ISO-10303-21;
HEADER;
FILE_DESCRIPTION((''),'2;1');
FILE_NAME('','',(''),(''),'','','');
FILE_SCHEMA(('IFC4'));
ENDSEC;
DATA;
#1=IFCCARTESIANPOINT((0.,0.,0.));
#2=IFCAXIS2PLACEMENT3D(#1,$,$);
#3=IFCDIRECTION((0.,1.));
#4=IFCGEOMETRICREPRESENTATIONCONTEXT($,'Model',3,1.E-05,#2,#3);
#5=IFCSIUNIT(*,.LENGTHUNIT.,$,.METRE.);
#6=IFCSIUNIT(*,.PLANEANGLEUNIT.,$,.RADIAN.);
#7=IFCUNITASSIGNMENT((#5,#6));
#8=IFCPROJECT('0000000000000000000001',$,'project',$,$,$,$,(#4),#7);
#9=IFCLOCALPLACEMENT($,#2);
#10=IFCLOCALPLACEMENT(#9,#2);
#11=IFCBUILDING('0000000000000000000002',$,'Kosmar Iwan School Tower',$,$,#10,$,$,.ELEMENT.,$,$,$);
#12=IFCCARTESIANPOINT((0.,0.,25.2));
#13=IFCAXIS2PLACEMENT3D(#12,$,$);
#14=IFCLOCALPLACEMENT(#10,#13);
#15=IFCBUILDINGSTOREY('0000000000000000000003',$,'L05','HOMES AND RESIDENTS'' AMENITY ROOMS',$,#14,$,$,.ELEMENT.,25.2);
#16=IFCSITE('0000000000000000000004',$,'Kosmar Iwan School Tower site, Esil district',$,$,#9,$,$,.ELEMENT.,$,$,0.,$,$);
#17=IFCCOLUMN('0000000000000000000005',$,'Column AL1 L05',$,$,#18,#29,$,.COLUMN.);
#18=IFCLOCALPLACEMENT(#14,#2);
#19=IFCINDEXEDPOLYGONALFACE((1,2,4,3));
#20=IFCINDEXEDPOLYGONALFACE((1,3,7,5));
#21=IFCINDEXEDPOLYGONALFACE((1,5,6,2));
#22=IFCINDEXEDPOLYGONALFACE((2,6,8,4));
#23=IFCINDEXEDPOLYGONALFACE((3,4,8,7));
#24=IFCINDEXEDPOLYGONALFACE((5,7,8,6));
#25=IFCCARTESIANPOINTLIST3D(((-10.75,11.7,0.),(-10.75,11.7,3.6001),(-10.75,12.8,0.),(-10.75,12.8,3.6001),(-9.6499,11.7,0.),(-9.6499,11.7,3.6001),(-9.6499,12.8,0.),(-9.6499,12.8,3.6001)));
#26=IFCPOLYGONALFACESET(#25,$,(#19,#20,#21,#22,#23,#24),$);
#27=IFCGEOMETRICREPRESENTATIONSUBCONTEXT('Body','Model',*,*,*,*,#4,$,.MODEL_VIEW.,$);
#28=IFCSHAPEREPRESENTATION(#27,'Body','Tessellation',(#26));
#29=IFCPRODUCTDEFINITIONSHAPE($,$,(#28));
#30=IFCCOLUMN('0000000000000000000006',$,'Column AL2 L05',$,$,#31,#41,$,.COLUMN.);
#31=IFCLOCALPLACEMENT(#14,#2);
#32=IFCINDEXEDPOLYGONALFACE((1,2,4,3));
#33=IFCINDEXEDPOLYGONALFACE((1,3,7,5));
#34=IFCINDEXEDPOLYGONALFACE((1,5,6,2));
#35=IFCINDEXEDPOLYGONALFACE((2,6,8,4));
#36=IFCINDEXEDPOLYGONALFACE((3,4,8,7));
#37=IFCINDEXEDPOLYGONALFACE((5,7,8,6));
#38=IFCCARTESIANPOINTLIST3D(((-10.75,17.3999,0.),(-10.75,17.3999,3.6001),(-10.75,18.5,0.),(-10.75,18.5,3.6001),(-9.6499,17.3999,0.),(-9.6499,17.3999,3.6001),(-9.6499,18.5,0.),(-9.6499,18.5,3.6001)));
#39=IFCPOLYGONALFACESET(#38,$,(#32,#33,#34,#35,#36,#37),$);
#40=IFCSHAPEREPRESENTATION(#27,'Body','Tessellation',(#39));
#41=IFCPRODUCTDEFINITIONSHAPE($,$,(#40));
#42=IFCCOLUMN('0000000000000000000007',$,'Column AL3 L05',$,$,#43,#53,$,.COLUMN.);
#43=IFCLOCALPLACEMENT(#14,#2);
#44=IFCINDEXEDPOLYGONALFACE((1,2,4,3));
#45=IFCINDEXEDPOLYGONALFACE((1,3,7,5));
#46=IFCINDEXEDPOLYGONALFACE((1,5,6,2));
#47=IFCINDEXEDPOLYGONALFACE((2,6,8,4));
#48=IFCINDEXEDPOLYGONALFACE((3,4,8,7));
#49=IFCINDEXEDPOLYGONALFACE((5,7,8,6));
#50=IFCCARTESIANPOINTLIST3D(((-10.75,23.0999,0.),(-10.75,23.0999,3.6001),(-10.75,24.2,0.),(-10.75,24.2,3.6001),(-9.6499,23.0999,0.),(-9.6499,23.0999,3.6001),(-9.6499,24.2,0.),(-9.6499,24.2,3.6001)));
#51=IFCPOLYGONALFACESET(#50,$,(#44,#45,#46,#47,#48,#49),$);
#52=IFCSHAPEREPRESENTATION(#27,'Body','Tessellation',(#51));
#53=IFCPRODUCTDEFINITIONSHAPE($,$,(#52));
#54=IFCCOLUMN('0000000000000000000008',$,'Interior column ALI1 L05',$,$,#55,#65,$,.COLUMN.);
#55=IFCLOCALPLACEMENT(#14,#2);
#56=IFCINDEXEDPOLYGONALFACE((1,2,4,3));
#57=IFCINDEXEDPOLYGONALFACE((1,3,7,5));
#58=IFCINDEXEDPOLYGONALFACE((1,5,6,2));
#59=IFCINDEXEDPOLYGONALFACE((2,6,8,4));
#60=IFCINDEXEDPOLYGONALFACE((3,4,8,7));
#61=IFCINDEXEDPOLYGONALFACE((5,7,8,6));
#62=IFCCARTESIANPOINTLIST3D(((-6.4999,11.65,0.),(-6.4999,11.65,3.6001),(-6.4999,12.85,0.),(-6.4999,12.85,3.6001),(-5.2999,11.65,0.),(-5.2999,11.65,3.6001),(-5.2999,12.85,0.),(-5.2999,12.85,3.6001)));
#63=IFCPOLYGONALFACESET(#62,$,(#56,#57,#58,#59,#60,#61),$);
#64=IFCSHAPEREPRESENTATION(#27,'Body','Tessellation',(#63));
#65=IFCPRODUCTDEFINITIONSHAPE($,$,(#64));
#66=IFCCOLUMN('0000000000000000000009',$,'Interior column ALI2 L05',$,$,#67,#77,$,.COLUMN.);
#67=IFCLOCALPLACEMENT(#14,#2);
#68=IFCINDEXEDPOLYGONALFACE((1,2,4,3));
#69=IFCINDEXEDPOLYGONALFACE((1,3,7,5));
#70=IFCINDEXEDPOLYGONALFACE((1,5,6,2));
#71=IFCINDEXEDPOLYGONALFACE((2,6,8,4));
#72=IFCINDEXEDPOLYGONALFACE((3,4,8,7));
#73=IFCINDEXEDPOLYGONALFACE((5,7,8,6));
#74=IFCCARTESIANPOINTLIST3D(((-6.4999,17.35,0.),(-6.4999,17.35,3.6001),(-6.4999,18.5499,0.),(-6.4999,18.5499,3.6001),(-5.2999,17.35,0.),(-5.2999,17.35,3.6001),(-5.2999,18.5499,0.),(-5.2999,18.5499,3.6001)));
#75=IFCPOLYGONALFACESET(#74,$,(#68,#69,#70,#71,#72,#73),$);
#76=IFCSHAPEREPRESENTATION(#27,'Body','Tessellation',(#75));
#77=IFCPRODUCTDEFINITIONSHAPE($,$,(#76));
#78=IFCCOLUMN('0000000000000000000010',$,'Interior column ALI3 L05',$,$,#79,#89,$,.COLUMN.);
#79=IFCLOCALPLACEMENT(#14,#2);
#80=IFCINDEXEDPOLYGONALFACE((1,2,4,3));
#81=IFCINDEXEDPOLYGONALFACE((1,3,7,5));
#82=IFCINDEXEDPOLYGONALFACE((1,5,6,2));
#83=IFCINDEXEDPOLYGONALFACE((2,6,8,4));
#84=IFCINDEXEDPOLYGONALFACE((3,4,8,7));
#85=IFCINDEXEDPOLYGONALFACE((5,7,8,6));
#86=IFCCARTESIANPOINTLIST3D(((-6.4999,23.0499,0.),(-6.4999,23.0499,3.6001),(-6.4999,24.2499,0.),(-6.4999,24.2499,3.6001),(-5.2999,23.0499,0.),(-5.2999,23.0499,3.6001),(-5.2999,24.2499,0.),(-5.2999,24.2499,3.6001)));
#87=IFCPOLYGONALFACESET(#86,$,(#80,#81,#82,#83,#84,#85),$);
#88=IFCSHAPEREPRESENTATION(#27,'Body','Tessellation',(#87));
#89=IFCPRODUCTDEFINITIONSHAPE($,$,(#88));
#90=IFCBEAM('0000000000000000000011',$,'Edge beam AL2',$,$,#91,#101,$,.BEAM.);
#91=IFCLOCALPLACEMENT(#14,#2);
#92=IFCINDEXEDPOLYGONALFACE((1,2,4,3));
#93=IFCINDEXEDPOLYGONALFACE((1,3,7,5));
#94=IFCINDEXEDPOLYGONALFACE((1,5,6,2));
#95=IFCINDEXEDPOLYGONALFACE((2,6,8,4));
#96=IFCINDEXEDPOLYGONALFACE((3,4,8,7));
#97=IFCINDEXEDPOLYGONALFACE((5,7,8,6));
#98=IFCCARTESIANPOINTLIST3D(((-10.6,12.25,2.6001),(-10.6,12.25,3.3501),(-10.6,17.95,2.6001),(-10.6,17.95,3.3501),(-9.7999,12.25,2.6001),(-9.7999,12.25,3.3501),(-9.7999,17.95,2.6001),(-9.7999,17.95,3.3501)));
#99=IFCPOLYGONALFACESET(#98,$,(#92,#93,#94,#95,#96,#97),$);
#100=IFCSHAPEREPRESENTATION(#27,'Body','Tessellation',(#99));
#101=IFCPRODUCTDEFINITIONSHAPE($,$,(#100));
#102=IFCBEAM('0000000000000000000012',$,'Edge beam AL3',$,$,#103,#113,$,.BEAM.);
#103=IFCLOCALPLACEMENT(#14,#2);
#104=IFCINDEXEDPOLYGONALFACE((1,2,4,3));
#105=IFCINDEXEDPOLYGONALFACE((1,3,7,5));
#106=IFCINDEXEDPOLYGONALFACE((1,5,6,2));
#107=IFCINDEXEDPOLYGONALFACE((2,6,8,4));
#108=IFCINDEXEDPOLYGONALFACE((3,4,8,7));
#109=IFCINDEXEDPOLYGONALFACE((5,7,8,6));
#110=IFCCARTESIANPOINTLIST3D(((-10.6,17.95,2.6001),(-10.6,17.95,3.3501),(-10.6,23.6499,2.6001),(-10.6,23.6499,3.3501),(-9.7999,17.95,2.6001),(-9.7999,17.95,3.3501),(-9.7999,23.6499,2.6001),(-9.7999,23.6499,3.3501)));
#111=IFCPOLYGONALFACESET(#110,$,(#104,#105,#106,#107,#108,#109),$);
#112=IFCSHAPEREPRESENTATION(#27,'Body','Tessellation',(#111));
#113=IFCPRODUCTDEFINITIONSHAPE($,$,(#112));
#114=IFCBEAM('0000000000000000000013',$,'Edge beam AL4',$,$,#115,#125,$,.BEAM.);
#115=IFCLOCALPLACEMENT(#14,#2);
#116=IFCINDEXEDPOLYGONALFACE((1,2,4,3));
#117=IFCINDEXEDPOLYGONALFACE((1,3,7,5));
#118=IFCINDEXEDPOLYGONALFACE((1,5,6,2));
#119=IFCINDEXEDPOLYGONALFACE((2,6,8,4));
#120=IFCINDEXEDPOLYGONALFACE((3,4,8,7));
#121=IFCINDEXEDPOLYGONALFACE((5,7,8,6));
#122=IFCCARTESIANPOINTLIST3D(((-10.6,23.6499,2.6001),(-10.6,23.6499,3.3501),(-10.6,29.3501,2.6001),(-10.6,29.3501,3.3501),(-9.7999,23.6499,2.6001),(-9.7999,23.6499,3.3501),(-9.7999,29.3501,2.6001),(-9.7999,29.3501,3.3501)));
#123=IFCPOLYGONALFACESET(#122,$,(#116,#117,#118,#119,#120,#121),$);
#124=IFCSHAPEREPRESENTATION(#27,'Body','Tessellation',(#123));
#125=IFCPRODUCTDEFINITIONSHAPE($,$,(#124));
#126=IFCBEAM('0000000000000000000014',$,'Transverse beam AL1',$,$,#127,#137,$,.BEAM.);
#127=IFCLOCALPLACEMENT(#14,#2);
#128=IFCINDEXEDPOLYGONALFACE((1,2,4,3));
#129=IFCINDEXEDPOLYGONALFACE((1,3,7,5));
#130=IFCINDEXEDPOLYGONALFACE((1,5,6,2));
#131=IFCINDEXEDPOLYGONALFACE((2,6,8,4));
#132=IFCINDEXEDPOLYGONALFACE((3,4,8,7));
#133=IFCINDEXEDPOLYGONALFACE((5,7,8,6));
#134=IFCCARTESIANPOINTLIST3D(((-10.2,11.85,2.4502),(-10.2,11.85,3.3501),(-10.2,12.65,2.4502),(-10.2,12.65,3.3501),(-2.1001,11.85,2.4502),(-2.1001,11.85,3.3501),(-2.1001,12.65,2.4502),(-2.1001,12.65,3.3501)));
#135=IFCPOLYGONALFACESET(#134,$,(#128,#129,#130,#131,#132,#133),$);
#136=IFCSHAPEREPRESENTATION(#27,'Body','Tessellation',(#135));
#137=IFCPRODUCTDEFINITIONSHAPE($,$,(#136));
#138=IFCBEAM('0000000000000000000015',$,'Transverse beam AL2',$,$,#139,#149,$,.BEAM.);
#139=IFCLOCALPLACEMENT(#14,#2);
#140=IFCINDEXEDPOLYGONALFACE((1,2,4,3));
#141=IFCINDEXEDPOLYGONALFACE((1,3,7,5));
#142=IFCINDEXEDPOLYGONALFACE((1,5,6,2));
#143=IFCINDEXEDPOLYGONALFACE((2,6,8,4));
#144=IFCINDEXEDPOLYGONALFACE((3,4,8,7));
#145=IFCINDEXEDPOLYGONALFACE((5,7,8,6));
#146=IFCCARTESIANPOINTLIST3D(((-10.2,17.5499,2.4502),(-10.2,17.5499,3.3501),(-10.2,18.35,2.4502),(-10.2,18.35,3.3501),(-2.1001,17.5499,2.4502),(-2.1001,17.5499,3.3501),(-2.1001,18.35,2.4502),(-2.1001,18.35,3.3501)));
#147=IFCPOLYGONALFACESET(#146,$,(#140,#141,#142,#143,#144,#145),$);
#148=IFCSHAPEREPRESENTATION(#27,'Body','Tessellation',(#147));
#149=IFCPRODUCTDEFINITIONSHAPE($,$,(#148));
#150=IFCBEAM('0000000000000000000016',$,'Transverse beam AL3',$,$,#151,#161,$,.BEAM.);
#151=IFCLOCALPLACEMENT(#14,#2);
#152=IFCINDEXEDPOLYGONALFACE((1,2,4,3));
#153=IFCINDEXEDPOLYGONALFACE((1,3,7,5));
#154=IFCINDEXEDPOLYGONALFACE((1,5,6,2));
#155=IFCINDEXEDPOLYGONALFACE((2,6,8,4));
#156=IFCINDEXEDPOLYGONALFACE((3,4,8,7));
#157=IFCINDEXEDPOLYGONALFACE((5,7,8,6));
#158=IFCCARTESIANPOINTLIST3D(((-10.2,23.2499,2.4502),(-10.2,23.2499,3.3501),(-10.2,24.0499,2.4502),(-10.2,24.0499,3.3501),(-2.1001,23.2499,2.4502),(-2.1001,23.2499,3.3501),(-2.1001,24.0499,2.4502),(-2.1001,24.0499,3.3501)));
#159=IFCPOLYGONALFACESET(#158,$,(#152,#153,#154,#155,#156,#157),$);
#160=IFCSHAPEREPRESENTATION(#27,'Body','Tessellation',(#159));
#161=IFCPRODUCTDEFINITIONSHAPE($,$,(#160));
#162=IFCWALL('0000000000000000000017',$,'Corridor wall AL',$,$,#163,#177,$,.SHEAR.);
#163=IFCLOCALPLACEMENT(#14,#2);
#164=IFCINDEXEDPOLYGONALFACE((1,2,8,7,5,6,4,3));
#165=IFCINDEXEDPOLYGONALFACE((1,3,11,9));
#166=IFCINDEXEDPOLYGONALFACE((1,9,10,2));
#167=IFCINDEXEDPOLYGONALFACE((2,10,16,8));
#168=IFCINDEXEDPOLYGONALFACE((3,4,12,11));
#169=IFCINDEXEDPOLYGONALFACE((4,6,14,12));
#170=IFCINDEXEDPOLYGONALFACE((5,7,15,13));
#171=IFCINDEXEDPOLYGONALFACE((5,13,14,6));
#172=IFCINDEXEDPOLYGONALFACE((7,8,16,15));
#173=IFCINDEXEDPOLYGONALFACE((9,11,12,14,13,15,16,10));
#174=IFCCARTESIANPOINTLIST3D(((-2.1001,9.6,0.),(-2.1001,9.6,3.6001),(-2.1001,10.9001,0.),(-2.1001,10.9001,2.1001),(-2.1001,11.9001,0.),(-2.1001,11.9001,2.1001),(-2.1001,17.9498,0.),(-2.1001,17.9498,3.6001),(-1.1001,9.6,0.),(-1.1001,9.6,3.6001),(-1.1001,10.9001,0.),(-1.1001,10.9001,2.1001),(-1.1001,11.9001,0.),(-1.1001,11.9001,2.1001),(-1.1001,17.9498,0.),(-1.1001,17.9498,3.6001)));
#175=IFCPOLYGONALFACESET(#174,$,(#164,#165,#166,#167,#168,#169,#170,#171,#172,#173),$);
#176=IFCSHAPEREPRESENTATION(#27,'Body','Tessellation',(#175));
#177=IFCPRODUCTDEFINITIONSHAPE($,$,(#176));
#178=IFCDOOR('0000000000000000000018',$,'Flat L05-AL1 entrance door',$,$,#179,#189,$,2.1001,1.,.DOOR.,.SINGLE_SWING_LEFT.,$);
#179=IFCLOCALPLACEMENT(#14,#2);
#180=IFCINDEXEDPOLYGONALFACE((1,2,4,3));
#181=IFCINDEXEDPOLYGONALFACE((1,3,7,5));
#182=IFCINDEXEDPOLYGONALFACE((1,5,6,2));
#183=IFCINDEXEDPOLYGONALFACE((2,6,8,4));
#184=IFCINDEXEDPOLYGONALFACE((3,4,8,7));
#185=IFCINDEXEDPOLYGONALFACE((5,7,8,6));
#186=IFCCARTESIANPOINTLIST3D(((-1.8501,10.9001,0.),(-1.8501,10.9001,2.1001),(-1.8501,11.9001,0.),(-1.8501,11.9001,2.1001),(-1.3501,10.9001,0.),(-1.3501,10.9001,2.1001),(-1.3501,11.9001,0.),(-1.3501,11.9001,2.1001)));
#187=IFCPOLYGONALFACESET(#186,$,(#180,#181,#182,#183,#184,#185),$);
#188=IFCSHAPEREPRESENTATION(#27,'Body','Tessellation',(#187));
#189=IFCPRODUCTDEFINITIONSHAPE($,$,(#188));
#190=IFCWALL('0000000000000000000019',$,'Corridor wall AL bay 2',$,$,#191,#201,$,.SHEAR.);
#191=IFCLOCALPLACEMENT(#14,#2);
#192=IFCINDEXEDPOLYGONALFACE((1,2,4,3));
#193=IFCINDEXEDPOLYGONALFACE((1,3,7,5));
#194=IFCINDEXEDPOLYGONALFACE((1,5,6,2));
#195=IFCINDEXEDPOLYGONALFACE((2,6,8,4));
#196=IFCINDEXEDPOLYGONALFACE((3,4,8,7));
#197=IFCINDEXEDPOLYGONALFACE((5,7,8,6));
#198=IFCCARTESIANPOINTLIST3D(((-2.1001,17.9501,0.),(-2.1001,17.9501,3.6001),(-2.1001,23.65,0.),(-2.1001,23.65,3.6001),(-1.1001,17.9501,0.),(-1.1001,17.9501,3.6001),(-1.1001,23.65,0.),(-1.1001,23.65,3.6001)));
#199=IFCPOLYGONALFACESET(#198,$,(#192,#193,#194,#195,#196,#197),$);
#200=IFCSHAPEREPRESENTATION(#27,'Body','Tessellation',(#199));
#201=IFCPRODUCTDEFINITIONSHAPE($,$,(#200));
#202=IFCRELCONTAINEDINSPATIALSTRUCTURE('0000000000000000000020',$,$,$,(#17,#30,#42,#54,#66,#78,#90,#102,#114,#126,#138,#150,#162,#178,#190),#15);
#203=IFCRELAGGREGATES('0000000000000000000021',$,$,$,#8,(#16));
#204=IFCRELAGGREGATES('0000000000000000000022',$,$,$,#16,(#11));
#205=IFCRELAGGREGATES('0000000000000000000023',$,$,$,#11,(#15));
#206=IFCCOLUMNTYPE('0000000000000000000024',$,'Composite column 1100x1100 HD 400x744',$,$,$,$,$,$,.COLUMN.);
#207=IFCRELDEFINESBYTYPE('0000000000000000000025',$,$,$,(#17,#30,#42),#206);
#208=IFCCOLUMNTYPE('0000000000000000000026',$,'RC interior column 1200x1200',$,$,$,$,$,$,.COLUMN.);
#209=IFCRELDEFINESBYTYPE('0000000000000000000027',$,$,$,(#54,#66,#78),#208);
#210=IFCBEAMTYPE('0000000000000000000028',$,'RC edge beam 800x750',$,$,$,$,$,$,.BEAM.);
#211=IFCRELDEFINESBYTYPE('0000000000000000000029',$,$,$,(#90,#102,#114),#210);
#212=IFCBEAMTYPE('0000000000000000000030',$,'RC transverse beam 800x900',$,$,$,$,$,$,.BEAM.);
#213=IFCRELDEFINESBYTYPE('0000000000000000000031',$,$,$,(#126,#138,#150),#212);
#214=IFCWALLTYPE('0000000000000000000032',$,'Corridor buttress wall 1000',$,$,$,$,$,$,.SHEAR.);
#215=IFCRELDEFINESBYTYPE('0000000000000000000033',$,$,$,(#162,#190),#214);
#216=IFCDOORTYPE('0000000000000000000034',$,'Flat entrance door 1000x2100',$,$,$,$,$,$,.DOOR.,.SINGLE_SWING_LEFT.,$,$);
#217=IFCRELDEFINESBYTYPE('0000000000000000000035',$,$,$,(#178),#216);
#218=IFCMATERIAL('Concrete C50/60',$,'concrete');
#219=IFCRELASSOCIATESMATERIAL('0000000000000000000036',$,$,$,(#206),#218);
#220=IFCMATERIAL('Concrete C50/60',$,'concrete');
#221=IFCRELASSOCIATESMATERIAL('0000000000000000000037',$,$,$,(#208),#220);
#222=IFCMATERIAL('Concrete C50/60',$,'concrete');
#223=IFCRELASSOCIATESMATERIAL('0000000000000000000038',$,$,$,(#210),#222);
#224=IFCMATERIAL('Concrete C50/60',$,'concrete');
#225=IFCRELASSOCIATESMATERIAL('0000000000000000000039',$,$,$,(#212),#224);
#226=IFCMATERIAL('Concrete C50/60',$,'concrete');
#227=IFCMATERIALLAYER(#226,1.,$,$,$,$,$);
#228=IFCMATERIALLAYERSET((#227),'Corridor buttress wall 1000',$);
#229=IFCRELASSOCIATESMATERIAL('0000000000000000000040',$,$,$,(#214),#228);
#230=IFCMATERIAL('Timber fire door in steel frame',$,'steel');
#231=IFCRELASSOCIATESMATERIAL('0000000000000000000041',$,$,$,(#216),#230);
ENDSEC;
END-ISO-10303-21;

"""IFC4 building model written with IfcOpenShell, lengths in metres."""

from ifc_helpers import new_model, si_unit, direction, frame, frame_2d, origin, origin_2d, place, context, subcontext, project, spatial, rectangle, extrude, material, layer, layer_set, material_profile, profile_set, type_object, element, fill, save


model = new_model("IFC4")

# Units and contexts
model_context = context("Model", 3, precision=1e-05, world=origin(), true_north=direction((0.0, 1.0)))
body_context = subcontext(model_context, "Body", "Model", "MODEL_VIEW")
ifc_project = project(units=[si_unit("LENGTHUNIT", "METRE"), si_unit("PLANEANGLEUNIT", "RADIAN")], contexts=[model_context])

# Site, building, storey
site_placement = place(None, origin())
site = spatial("IfcSite", under=ifc_project, at=site_placement, Name="Kosmar Iwan School Tower site, Esil district", CompositionType="ELEMENT", RefElevation=0.0)
building_placement = place(site_placement, origin())
building = spatial("IfcBuilding", under=site, at=building_placement, Name="Kosmar Iwan School Tower", CompositionType="ELEMENT")
storey_placement = place(building_placement, frame((0.0, 0.0, 25.2)))
storey = spatial("IfcBuildingStorey", under=building, at=storey_placement, Name="L05", Description="HOMES AND RESIDENTS' AMENITY ROOMS", CompositionType="ELEMENT", Elevation=25.2)

# Columns
ifc_material_1 = material(Name="Concrete C50/60", Category="concrete")
ifc_material_profile_1 = material_profile(ifc_material_1, rectangle(XDim=1.1001, YDim=1.1001, at=origin_2d()), Name="RC 1100x1100 + HD 400x744")
ifc_profile_set_1 = profile_set([ifc_material_profile_1], Name="Concrete C50/60")
column_type_1 = type_object("IfcColumnType", Name="Composite column 1100x1100 HD 400x744", PredefinedType="COLUMN", material=ifc_profile_set_1)
for number, where, z_axis, x_axis, name in (
    (1, (-10.2, 12.25, 0.0), (0.0, 0.0, 1.0), (0.0, 1.0, 0.0), "Column AL1 L05"),
    (2, (-10.2, 17.95, 0.0), (0.0, 0.0, 1.0), (0.0, 1.0, 0.0), "Column AL2 L05"),
    (3, (-10.2, 23.6499, 0.0), (0.0, 0.0, 1.0), (0.0, 1.0, 0.0), "Column AL3 L05"),
):
    element("IfcColumn", number, at=place(storey_placement, frame(where, z_axis=z_axis, x_axis=x_axis)), inside=storey, type_object=column_type_1, Name=name, PredefinedType="COLUMN", context=body_context, shape_type="SweptSolid", body=[
        extrude(rectangle(XDim=1.1001, YDim=1.1001, at=origin_2d()), origin(), (0.0, 0.0, 1.0), 3.6001),
    ])
ifc_material_2 = material(Name="Concrete C50/60", Category="concrete")
ifc_material_profile_2 = material_profile(ifc_material_2, rectangle(XDim=1.2, YDim=1.2, at=origin_2d()), Name="RC 1200x1200")
ifc_profile_set_2 = profile_set([ifc_material_profile_2], Name="Concrete C50/60")
column_type_2 = type_object("IfcColumnType", Name="RC interior column 1200x1200", PredefinedType="COLUMN", material=ifc_profile_set_2)
for number, where, z_axis, x_axis, name in (
    (4, (-5.8999, 12.25, 0.0), (0.0, 0.0, 1.0), (0.0, 1.0, 0.0), "Interior column ALI1 L05"),
    (5, (-5.8999, 17.95, 0.0), (0.0, 0.0, 1.0), (0.0, 1.0, 0.0), "Interior column ALI2 L05"),
    (6, (-5.8999, 23.6499, 0.0), (0.0, 0.0, 1.0), (0.0, 1.0, 0.0), "Interior column ALI3 L05"),
):
    element("IfcColumn", number, at=place(storey_placement, frame(where, z_axis=z_axis, x_axis=x_axis)), inside=storey, type_object=column_type_2, Name=name, PredefinedType="COLUMN", context=body_context, shape_type="SweptSolid", body=[
        extrude(rectangle(XDim=1.2, YDim=1.2, at=origin_2d()), origin(), (0.0, 0.0, 1.0), 3.6001),
    ])

# Beams
ifc_material_3 = material(Name="Concrete C50/60", Category="concrete")
ifc_material_profile_3 = material_profile(ifc_material_3, rectangle(XDim=0.8, YDim=0.75, at=origin_2d()), Name="RC 800x750")
ifc_profile_set_3 = profile_set([ifc_material_profile_3], Name="Concrete C50/60")
beam_type_1 = type_object("IfcBeamType", Name="RC edge beam 800x750", PredefinedType="BEAM", material=ifc_profile_set_3)
for number, where, z_axis, x_axis, name in (
    (7, (-10.2, 12.25, 2.9751), (0.0, 1.0, 0.0), (-1.0, 0.0, 0.0), "Edge beam AL2"),
    (8, (-10.2, 17.95, 2.9751), (0.0, 1.0, 0.0), (-1.0, 0.0, 0.0), "Edge beam AL3"),
):
    element("IfcBeam", number, at=place(storey_placement, frame(where, z_axis=z_axis, x_axis=x_axis)), inside=storey, type_object=beam_type_1, Name=name, PredefinedType="BEAM", context=body_context, shape_type="SweptSolid", body=[
        extrude(rectangle(XDim=0.8, YDim=0.75, at=origin_2d()), origin(), (0.0, 0.0, 1.0), 5.7),
    ])
beam_placement = place(storey_placement, frame((-10.2, 23.6499, 2.9751), z_axis=(0.0, 1.0, 0.0), x_axis=(-1.0, 0.0, 0.0)))
element("IfcBeam", 9, at=beam_placement, inside=storey, type_object=beam_type_1, Name="Edge beam AL4", PredefinedType="BEAM", context=body_context, shape_type="SweptSolid", body=[
    extrude(rectangle(XDim=0.8, YDim=0.75, at=origin_2d()), origin(), (0.0, 0.0, 1.0), 5.7002),
])
ifc_material_4 = material(Name="Concrete C50/60", Category="concrete")
ifc_material_profile_4 = material_profile(ifc_material_4, rectangle(XDim=0.8, YDim=0.8999, at=origin_2d()), Name="RC 800x900")
ifc_profile_set_4 = profile_set([ifc_material_profile_4], Name="Concrete C50/60")
beam_type_2 = type_object("IfcBeamType", Name="RC transverse beam 800x900", PredefinedType="BEAM", material=ifc_profile_set_4)
for number, where, z_axis, x_axis, name in (
    (10, (-10.2, 12.25, 2.9001), (1.0, 0.0, 0.0), (0.0, 1.0, 0.0), "Transverse beam AL1"),
    (11, (-10.2, 17.95, 2.9001), (1.0, 0.0, 0.0), (0.0, 1.0, 0.0), "Transverse beam AL2"),
    (12, (-10.2, 23.6499, 2.9001), (1.0, 0.0, 0.0), (0.0, 1.0, 0.0), "Transverse beam AL3"),
):
    element("IfcBeam", number, at=place(storey_placement, frame(where, z_axis=z_axis, x_axis=x_axis)), inside=storey, type_object=beam_type_2, Name=name, PredefinedType="BEAM", context=body_context, shape_type="SweptSolid", body=[
        extrude(rectangle(XDim=0.8, YDim=0.8999, at=origin_2d()), origin(), (0.0, 0.0, 1.0), 8.0999),
    ])

# Wall, opening, door
ifc_material_5 = material(Name="Concrete C50/60", Category="concrete")
ifc_layer_1 = layer(ifc_material_5, 1.0)
ifc_layer_set_1 = layer_set([ifc_layer_1], Name="Corridor buttress wall 1000")
wall_type_1 = type_object("IfcWallType", Name="Corridor buttress wall 1000", PredefinedType="SHEAR", material=ifc_layer_set_1)
wall_1_placement = place(storey_placement, frame((-1.6001, 9.6001, 0.0), z_axis=(0.0, 0.0, 1.0), x_axis=(0.0, 1.0, 0.0)))
wall_1 = element("IfcWall", 13, at=wall_1_placement, inside=storey, type_object=wall_type_1, Name="Corridor wall AL", PredefinedType="SHEAR", context=body_context, shape_type="SweptSolid", body=[
    extrude(rectangle(XDim=8.3499, YDim=1.0, at=frame_2d((4.1748, 0.0))), origin(), (0.0, 0.0, 1.0), 3.6001),
])
opening_1_placement = place(wall_1_placement, frame((1.3, 0.0, 0.0)))
opening_1 = element("IfcOpeningElement", 14, at=opening_1_placement, cuts=wall_1, PredefinedType="OPENING", context=body_context, shape_type="SweptSolid", body=[
    extrude(rectangle(XDim=1.0, YDim=2.1001, at=frame_2d((0.5, 1.05))), frame((0.0, 0.512, 0.0), z_axis=(0.0, -1.0, 0.0), x_axis=(1.0, 0.0, 0.0)), (0.0, 0.0, 1.0), 1.0239),
])
ifc_material_6 = material(Name="Timber fire door in steel frame", Category="steel")
door_type_1 = type_object("IfcDoorType", Name="Flat entrance door 1000x2100", OperationType="SINGLE_SWING_LEFT", PredefinedType="DOOR", material=ifc_material_6)
door_1_placement = place(opening_1_placement, origin())
door_1 = element("IfcDoor", 15, at=door_1_placement, inside=storey, type_object=door_type_1, Name="Flat L05-AL1 entrance door", OperationType="SINGLE_SWING_LEFT", OverallHeight=2.1001, OverallWidth=1.0, PredefinedType="DOOR", context=body_context, shape_type="SweptSolid", body=[
    extrude(rectangle(XDim=1.0, YDim=2.1001, at=frame_2d((0.5, 1.05))), frame((0.0, 0.25, 0.0), z_axis=(0.0, -1.0, 0.0), x_axis=(1.0, 0.0, 0.0)), (0.0, 0.0, 1.0), 0.5),
])
fill(opening_1, door_1)

# Wall
wall_2_placement = place(storey_placement, frame((-1.6001, 17.95, 0.0), z_axis=(0.0, 0.0, 1.0), x_axis=(0.0, 1.0, 0.0)))
element("IfcWall", 16, at=wall_2_placement, inside=storey, type_object=wall_type_1, Name="Corridor wall AL bay 2", PredefinedType="SHEAR", context=body_context, shape_type="SweptSolid", body=[
    extrude(rectangle(XDim=5.7, YDim=1.0, at=frame_2d((2.8501, 0.0))), origin(), (0.0, 0.0, 1.0), 3.6001),
])

save(model, "model.ifc")
